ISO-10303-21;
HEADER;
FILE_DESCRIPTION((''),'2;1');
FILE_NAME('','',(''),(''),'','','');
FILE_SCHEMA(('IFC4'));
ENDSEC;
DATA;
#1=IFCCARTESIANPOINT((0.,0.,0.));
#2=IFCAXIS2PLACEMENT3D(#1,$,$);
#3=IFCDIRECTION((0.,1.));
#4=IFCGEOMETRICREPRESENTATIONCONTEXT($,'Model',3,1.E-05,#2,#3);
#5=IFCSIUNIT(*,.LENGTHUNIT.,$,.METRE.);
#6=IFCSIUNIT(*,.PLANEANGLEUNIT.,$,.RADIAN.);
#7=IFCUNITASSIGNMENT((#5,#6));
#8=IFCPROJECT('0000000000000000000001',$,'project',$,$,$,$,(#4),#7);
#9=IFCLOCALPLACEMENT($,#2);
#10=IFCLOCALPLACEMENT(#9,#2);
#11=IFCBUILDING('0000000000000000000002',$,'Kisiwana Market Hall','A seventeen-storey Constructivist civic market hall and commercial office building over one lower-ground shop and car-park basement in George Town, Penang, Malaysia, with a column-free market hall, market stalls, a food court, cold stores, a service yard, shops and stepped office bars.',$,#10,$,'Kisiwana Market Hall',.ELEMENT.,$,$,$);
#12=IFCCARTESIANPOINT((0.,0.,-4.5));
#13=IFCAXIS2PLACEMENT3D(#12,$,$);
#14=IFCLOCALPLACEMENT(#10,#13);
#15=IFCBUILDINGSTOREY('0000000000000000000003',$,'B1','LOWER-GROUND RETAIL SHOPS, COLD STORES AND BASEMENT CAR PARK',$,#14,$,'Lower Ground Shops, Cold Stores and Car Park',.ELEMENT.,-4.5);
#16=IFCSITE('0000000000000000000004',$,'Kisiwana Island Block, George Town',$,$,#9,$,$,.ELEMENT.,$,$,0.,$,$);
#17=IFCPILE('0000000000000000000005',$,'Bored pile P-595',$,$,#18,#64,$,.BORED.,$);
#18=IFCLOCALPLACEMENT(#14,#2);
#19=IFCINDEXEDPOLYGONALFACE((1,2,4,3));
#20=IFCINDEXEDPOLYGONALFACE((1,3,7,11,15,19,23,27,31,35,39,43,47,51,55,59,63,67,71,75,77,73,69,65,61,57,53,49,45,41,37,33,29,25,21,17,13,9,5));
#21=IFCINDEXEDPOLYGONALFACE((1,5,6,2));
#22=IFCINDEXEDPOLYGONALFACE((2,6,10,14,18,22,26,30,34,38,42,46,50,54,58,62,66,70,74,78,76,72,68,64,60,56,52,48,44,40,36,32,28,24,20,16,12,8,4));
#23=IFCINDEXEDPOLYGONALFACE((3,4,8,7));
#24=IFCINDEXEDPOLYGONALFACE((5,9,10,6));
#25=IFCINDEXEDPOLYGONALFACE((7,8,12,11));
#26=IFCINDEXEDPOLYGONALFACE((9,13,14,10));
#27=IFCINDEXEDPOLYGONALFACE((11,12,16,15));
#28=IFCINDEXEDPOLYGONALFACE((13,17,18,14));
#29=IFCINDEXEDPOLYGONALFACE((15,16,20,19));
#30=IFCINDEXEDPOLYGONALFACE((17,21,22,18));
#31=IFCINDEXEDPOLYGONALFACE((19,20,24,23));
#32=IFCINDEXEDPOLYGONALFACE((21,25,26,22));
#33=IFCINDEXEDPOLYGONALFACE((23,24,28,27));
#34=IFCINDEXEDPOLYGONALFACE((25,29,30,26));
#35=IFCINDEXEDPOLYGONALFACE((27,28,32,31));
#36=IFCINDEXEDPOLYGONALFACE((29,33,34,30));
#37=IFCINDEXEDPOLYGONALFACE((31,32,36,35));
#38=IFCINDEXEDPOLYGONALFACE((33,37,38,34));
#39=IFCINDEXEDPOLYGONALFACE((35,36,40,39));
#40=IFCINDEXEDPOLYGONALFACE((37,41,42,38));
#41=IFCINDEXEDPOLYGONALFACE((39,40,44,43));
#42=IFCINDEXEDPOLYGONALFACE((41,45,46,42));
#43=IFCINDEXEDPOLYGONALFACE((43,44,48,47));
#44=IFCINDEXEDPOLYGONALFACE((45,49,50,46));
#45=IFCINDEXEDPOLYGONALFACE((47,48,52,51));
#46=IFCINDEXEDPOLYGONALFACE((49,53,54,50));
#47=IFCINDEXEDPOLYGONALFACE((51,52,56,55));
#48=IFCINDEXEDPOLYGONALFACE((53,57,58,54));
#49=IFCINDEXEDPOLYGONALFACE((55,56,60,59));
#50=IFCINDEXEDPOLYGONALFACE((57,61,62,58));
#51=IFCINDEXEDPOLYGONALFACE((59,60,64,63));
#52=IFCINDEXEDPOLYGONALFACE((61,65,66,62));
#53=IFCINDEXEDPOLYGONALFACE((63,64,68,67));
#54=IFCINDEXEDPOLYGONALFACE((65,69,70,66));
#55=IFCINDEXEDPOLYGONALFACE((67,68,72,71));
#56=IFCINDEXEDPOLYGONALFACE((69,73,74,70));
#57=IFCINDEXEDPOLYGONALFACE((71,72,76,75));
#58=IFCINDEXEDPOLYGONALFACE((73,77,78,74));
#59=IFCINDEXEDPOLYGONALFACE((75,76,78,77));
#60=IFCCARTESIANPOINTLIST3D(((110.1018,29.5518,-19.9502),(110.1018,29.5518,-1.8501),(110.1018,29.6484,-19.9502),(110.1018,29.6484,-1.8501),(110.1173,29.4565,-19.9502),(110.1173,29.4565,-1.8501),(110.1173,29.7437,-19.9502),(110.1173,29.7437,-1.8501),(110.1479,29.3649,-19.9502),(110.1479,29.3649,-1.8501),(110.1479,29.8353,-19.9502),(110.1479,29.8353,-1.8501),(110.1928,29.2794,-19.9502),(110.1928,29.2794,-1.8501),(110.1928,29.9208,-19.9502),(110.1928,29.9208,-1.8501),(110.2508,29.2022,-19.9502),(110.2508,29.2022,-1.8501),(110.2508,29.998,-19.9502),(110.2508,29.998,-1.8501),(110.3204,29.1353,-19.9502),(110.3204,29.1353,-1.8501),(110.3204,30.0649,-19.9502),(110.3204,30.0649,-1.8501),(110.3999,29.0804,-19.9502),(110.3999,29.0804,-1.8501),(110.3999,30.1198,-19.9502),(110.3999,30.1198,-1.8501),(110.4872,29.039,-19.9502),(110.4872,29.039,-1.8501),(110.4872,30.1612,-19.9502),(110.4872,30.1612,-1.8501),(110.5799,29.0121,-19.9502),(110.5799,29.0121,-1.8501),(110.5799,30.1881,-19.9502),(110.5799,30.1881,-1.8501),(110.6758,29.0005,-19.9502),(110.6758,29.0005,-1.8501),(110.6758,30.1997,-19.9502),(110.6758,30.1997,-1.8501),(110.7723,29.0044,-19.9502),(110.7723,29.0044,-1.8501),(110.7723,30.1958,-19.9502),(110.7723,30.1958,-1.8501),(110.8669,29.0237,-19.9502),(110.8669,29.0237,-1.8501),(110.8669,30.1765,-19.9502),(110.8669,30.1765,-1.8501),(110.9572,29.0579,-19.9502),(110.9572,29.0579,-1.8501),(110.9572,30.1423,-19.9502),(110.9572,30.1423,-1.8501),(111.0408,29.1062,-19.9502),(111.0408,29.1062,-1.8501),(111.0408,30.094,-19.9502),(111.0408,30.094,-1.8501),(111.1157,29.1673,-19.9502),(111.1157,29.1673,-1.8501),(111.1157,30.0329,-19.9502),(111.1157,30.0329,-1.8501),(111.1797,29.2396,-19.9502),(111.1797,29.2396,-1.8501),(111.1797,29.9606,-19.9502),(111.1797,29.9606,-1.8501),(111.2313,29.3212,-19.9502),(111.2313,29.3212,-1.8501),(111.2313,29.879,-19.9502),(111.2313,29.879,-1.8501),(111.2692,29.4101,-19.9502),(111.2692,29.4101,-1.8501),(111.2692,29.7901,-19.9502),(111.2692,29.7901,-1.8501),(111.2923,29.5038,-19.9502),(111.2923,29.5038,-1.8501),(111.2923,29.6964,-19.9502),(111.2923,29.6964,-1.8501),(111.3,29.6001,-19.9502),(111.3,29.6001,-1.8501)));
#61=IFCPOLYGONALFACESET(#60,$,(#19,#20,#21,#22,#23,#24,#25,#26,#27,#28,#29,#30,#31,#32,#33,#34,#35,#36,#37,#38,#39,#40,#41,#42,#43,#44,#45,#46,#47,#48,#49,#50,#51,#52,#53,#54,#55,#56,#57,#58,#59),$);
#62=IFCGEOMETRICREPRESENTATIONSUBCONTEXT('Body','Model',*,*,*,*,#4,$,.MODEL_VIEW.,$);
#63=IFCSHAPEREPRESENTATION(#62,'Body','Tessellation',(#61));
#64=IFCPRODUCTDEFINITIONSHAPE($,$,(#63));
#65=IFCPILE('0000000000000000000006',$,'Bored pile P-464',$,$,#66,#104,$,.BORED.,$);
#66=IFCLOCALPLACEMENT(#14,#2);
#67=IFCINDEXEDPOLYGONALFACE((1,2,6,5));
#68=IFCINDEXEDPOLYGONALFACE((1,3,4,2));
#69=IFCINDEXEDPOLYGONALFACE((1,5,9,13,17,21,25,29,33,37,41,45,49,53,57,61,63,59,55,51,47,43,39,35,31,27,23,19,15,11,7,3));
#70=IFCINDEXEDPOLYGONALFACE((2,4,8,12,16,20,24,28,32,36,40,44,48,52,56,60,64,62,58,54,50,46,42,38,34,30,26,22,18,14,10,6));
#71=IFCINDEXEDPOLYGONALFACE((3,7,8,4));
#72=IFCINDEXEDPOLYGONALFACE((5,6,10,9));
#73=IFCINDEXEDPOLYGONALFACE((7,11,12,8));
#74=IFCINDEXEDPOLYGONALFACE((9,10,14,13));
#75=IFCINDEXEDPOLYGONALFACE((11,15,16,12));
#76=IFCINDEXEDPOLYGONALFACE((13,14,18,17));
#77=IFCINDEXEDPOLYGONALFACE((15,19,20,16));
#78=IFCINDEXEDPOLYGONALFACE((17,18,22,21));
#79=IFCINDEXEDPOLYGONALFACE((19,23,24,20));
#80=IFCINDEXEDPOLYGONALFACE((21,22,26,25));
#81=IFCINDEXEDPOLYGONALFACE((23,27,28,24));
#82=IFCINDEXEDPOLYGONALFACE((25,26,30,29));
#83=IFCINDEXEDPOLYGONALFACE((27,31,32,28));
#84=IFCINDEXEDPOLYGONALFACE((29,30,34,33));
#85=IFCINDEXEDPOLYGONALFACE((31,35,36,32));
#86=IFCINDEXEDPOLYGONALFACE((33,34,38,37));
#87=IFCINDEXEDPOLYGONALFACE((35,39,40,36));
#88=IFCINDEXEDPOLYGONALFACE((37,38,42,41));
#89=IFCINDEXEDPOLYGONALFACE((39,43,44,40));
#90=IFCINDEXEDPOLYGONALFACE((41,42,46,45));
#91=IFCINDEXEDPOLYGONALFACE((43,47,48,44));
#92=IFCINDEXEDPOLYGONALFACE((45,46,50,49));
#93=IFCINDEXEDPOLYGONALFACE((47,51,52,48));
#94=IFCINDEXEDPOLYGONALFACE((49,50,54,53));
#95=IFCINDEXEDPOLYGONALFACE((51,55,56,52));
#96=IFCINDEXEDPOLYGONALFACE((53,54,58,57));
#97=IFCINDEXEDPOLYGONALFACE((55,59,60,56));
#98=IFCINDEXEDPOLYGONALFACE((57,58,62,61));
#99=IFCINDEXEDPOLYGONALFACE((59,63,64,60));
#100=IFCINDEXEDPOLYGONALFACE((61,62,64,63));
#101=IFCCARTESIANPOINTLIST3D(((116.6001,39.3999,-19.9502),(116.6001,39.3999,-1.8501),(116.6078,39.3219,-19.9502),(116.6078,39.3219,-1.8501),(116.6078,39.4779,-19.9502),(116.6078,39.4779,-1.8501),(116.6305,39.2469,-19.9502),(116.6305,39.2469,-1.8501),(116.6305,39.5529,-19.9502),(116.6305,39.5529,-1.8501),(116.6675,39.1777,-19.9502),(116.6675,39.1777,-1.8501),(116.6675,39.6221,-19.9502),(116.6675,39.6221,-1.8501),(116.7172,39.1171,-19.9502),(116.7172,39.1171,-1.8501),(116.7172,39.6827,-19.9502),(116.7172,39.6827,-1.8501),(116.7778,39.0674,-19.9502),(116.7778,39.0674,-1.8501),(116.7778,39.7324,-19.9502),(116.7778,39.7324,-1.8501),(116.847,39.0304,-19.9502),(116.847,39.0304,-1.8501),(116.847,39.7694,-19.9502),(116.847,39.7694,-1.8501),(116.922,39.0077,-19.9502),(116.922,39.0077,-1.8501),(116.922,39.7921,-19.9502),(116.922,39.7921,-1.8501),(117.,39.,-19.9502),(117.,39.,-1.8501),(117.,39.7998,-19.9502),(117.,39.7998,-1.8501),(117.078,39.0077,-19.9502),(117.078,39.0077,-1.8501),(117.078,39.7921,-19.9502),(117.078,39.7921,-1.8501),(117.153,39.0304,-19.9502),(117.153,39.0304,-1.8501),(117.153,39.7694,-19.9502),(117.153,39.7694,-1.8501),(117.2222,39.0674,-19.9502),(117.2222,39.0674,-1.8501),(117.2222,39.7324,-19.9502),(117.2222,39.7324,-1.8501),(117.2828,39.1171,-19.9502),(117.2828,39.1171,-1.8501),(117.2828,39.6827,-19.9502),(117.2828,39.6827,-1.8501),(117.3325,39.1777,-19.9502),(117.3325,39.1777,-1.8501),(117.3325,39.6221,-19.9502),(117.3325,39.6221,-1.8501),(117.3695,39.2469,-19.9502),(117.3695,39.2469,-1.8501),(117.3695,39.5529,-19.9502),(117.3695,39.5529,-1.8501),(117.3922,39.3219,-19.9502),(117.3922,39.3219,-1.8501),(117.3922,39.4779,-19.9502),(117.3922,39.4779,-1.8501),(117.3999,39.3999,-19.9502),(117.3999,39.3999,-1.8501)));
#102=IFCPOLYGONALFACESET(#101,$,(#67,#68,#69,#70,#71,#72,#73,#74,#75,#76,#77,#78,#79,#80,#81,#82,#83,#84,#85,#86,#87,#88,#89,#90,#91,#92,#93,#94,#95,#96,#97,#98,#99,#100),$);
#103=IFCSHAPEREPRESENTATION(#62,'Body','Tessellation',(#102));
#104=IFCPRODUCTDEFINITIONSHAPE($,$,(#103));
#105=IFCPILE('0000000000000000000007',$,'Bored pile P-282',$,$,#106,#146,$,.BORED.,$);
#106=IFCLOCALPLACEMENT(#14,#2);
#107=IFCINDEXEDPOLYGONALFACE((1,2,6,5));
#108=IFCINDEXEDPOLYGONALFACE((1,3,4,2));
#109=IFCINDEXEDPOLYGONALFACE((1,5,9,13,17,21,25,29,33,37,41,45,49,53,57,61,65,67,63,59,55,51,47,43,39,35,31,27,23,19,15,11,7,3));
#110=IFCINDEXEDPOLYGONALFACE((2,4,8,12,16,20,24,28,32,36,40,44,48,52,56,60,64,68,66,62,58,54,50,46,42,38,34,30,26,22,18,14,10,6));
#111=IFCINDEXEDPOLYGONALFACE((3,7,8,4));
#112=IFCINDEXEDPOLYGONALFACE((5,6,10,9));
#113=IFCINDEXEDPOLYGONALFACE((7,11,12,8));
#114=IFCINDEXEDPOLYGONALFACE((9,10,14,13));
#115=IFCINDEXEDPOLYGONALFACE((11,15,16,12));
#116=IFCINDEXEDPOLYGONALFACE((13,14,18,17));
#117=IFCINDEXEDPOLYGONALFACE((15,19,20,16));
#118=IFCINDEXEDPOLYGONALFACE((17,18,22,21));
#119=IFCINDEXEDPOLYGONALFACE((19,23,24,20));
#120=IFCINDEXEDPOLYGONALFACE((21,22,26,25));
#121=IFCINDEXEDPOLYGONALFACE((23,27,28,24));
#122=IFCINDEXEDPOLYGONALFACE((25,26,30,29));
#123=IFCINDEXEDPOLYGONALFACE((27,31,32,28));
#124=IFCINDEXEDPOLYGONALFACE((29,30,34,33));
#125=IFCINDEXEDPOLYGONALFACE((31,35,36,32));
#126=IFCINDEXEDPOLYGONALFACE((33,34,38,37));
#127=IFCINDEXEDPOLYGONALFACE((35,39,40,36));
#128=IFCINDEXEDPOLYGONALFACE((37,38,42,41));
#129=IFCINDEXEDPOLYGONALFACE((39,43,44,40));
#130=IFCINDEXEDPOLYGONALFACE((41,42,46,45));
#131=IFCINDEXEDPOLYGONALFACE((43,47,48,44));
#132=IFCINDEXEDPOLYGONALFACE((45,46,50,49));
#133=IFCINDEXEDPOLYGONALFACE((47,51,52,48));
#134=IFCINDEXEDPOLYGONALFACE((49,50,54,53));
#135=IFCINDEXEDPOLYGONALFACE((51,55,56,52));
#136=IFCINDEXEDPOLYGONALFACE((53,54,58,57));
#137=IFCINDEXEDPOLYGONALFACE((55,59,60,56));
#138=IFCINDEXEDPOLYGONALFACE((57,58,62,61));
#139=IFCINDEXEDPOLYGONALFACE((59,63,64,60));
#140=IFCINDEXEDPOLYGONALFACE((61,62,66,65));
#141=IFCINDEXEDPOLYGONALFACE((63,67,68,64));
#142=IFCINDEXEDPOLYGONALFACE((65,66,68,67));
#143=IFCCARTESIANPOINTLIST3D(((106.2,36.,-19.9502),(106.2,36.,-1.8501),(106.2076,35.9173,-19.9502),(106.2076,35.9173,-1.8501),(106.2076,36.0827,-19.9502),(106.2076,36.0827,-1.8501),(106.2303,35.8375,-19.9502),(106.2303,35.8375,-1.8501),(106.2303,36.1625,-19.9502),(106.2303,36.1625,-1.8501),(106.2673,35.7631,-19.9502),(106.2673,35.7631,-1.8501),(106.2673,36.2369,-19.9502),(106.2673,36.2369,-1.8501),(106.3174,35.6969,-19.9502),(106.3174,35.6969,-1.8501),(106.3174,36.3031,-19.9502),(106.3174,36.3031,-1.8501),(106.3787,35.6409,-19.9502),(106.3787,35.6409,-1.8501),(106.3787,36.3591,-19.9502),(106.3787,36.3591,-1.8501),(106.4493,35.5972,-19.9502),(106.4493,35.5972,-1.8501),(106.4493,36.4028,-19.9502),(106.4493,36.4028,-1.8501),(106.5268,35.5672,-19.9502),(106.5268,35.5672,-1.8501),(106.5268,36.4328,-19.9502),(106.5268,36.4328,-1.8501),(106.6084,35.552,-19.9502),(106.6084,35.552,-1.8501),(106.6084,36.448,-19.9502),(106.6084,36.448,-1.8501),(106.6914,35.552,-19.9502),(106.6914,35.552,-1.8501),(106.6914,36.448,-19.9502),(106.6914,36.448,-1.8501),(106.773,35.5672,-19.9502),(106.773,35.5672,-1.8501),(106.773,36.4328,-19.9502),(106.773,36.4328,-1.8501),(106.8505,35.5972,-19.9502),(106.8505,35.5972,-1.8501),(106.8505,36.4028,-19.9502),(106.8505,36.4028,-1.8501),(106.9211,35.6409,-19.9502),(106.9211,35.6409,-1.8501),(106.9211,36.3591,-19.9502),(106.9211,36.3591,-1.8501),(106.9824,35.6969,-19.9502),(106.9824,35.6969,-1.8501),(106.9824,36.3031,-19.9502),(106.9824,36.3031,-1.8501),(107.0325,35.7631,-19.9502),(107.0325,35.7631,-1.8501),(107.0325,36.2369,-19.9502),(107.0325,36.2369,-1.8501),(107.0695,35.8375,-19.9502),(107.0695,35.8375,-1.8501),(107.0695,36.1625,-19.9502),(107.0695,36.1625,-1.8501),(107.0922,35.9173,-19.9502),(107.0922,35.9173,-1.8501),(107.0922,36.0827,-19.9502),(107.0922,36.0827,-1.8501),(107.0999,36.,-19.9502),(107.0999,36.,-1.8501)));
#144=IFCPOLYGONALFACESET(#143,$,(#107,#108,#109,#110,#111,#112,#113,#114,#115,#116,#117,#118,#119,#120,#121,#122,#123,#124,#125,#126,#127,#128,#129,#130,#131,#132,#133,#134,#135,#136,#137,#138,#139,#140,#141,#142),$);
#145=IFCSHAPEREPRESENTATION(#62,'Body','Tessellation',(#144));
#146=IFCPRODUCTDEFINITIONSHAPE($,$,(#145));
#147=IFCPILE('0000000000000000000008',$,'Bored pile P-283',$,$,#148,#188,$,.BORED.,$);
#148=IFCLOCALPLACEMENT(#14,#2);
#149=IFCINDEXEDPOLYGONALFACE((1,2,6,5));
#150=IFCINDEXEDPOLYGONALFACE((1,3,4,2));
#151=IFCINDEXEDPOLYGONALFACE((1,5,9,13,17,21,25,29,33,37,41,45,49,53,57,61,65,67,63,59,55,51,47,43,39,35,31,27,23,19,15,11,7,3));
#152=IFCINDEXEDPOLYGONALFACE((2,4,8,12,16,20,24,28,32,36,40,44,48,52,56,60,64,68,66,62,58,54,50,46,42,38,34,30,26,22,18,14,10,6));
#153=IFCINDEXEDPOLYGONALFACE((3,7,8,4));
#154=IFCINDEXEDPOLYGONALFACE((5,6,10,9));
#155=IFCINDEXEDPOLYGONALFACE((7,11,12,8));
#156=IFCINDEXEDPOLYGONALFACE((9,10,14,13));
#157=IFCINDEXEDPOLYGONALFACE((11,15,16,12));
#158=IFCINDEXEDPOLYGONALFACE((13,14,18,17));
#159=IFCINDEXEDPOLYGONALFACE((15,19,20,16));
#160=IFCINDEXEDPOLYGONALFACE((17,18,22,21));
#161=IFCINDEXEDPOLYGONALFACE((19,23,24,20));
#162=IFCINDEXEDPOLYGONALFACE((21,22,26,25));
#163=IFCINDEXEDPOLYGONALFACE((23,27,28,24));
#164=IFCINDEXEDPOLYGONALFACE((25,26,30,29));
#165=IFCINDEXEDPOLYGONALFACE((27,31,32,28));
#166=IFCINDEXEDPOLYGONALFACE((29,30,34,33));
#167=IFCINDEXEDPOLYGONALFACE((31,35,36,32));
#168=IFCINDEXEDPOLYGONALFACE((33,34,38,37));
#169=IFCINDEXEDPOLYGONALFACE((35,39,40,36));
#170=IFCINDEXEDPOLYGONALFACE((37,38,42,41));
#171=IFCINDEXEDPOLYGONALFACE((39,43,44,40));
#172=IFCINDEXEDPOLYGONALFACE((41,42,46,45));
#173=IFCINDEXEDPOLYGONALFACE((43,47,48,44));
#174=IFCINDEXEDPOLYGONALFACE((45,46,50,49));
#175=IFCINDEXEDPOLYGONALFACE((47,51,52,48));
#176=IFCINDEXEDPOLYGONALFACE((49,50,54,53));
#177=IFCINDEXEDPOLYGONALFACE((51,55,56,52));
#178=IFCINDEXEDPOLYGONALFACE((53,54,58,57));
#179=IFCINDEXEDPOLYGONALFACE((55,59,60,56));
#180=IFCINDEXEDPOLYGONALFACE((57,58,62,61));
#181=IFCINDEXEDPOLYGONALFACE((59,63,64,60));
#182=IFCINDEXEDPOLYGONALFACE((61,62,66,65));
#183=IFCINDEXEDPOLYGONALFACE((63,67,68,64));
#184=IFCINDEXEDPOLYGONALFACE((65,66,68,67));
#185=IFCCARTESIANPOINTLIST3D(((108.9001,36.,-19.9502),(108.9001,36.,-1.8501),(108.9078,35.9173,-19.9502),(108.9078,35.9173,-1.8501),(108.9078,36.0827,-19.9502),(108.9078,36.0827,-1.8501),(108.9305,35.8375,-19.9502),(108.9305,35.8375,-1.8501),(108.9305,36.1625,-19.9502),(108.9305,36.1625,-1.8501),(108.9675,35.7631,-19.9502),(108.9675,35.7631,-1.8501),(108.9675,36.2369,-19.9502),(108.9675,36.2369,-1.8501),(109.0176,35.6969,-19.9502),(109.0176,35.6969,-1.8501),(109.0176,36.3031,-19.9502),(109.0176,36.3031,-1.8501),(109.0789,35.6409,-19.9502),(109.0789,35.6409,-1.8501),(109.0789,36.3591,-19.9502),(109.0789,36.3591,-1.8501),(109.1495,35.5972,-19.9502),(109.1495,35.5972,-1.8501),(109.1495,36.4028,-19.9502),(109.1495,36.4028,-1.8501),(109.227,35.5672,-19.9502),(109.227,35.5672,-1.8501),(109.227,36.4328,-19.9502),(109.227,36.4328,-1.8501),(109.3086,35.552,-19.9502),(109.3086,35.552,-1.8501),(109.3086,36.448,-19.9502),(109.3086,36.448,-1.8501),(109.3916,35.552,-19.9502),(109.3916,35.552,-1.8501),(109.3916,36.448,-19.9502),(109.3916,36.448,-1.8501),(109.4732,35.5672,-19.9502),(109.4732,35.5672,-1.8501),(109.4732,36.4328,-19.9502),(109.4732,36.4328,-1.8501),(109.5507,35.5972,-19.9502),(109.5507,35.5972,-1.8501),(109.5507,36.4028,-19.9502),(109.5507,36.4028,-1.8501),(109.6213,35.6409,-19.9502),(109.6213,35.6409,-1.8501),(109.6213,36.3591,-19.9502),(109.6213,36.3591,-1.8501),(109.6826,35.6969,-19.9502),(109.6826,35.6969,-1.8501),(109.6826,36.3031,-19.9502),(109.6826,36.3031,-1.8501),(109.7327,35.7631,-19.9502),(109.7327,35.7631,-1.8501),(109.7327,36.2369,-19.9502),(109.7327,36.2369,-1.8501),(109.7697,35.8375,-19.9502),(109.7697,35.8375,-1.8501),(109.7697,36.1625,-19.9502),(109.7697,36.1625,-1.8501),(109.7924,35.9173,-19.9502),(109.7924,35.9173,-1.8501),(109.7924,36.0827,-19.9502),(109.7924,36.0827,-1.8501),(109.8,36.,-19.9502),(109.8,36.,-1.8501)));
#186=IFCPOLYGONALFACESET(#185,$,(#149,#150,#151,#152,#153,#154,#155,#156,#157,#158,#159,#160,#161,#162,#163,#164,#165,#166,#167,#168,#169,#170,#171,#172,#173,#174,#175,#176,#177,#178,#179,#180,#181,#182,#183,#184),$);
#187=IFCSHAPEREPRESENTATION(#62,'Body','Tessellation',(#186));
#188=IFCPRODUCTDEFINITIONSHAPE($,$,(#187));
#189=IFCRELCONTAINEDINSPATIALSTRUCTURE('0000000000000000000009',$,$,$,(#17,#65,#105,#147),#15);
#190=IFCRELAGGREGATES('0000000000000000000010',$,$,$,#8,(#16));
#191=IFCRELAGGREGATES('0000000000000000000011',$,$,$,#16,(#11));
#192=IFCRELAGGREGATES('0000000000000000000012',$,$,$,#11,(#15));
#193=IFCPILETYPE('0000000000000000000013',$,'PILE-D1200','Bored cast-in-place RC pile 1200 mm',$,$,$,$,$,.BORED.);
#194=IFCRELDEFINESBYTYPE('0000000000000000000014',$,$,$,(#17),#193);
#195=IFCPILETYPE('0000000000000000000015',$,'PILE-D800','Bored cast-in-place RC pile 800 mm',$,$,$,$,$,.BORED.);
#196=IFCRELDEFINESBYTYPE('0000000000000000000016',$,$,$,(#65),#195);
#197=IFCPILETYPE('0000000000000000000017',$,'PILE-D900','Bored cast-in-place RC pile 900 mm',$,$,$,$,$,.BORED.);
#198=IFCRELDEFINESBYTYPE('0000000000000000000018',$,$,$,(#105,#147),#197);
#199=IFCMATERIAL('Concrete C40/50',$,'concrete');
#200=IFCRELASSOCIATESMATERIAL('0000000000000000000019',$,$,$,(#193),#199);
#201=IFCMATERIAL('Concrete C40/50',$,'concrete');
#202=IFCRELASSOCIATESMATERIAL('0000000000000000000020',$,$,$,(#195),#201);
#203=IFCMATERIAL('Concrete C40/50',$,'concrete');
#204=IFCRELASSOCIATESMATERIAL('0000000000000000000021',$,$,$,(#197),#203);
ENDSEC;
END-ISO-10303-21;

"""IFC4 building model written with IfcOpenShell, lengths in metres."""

from ifc_helpers import new_model, si_unit, direction, frame, origin, origin_2d, place, context, subcontext, project, spatial, circle, extrude, material, material_profile, profile_set, type_object, element, save


model = new_model("IFC4")

# Units and contexts
model_context = context("Model", 3, precision=1e-05, world=origin(), true_north=direction((0.0, 1.0)))
body_context = subcontext(model_context, "Body", "Model", "MODEL_VIEW")
ifc_project = project(units=[si_unit("LENGTHUNIT", "METRE"), si_unit("PLANEANGLEUNIT", "RADIAN")], contexts=[model_context])

# Site, building, storey
site_placement = place(None, origin())
site = spatial("IfcSite", under=ifc_project, at=site_placement, Name="Kisiwana Island Block, George Town", CompositionType="ELEMENT", RefElevation=0.0)
building_placement = place(site_placement, origin())
building = spatial("IfcBuilding", under=site, at=building_placement, Name="Kisiwana Market Hall", Description="A seventeen-storey Constructivist civic market hall and commercial office building over one lower-ground shop and car-park basement in George Town, Penang, Malaysia, with a column-free market hall, market stalls, a food court, cold stores, a service yard, shops and stepped office bars.", LongName="Kisiwana Market Hall", CompositionType="ELEMENT")
storey_placement = place(building_placement, frame((0.0, 0.0, -4.5)))
storey = spatial("IfcBuildingStorey", under=building, at=storey_placement, Name="B1", Description="LOWER-GROUND RETAIL SHOPS, COLD STORES AND BASEMENT CAR PARK", LongName="Lower Ground Shops, Cold Stores and Car Park", CompositionType="ELEMENT", Elevation=-4.5)

# Piles
ifc_material_1 = material(Name="Concrete C40/50", Category="concrete")
ifc_material_profile_1 = material_profile(ifc_material_1, circle(Radius=0.6001, at=origin_2d()), Name="BP D1200")
ifc_profile_set_1 = profile_set([ifc_material_profile_1], Name="Concrete C40/50")
pile_type_1 = type_object("IfcPileType", Name="PILE-D1200", Description="Bored cast-in-place RC pile 1200 mm", PredefinedType="BORED", material=ifc_profile_set_1)
for number, where, z_axis, x_axis, name in (
    (1, (110.7, 29.6001, -1.8501), (0.0, 0.0, -1.0), (1.0, 0.0, 0.0), "Bored pile P-595"),
):
    element("IfcPile", number, at=place(storey_placement, frame(where, z_axis=z_axis, x_axis=x_axis)), inside=storey, type_object=pile_type_1, Name=name, PredefinedType="BORED", context=body_context, shape_type="SweptSolid", body=[
        extrude(circle(Radius=0.6001, at=origin_2d()), origin(), (0.0, 0.0, 1.0), 18.1001),
    ])
ifc_material_2 = material(Name="Concrete C40/50", Category="concrete")
ifc_material_profile_2 = material_profile(ifc_material_2, circle(Radius=0.3999, at=origin_2d()), Name="BP D800")
ifc_profile_set_2 = profile_set([ifc_material_profile_2], Name="Concrete C40/50")
pile_type_2 = type_object("IfcPileType", Name="PILE-D800", Description="Bored cast-in-place RC pile 800 mm", PredefinedType="BORED", material=ifc_profile_set_2)
pile_placement = place(storey_placement, frame((117.0, 39.3999, -1.8501), z_axis=(0.0, 0.0, -1.0), x_axis=(1.0, 0.0, 0.0)))
element("IfcPile", 2, at=pile_placement, inside=storey, type_object=pile_type_2, Name="Bored pile P-464", PredefinedType="BORED", context=body_context, shape_type="SweptSolid", body=[
    extrude(circle(Radius=0.3999, at=origin_2d()), origin(), (0.0, 0.0, 1.0), 18.1001),
])
ifc_material_3 = material(Name="Concrete C40/50", Category="concrete")
ifc_material_profile_3 = material_profile(ifc_material_3, circle(Radius=0.45, at=origin_2d()), Name="BP D900")
ifc_profile_set_3 = profile_set([ifc_material_profile_3], Name="Concrete C40/50")
pile_type_3 = type_object("IfcPileType", Name="PILE-D900", Description="Bored cast-in-place RC pile 900 mm", PredefinedType="BORED", material=ifc_profile_set_3)
for number, where, z_axis, x_axis, name in (
    (3, (106.6499, 36.0, -1.8501), (0.0, 0.0, -1.0), (1.0, 0.0, 0.0), "Bored pile P-282"),
    (4, (109.3501, 36.0, -1.8501), (0.0, 0.0, -1.0), (1.0, 0.0, 0.0), "Bored pile P-283"),
):
    element("IfcPile", number, at=place(storey_placement, frame(where, z_axis=z_axis, x_axis=x_axis)), inside=storey, type_object=pile_type_3, Name=name, PredefinedType="BORED", context=body_context, shape_type="SweptSolid", body=[
        extrude(circle(Radius=0.45, at=origin_2d()), origin(), (0.0, 0.0, 1.0), 18.1001),
    ])

save(model, "model.ifc")
